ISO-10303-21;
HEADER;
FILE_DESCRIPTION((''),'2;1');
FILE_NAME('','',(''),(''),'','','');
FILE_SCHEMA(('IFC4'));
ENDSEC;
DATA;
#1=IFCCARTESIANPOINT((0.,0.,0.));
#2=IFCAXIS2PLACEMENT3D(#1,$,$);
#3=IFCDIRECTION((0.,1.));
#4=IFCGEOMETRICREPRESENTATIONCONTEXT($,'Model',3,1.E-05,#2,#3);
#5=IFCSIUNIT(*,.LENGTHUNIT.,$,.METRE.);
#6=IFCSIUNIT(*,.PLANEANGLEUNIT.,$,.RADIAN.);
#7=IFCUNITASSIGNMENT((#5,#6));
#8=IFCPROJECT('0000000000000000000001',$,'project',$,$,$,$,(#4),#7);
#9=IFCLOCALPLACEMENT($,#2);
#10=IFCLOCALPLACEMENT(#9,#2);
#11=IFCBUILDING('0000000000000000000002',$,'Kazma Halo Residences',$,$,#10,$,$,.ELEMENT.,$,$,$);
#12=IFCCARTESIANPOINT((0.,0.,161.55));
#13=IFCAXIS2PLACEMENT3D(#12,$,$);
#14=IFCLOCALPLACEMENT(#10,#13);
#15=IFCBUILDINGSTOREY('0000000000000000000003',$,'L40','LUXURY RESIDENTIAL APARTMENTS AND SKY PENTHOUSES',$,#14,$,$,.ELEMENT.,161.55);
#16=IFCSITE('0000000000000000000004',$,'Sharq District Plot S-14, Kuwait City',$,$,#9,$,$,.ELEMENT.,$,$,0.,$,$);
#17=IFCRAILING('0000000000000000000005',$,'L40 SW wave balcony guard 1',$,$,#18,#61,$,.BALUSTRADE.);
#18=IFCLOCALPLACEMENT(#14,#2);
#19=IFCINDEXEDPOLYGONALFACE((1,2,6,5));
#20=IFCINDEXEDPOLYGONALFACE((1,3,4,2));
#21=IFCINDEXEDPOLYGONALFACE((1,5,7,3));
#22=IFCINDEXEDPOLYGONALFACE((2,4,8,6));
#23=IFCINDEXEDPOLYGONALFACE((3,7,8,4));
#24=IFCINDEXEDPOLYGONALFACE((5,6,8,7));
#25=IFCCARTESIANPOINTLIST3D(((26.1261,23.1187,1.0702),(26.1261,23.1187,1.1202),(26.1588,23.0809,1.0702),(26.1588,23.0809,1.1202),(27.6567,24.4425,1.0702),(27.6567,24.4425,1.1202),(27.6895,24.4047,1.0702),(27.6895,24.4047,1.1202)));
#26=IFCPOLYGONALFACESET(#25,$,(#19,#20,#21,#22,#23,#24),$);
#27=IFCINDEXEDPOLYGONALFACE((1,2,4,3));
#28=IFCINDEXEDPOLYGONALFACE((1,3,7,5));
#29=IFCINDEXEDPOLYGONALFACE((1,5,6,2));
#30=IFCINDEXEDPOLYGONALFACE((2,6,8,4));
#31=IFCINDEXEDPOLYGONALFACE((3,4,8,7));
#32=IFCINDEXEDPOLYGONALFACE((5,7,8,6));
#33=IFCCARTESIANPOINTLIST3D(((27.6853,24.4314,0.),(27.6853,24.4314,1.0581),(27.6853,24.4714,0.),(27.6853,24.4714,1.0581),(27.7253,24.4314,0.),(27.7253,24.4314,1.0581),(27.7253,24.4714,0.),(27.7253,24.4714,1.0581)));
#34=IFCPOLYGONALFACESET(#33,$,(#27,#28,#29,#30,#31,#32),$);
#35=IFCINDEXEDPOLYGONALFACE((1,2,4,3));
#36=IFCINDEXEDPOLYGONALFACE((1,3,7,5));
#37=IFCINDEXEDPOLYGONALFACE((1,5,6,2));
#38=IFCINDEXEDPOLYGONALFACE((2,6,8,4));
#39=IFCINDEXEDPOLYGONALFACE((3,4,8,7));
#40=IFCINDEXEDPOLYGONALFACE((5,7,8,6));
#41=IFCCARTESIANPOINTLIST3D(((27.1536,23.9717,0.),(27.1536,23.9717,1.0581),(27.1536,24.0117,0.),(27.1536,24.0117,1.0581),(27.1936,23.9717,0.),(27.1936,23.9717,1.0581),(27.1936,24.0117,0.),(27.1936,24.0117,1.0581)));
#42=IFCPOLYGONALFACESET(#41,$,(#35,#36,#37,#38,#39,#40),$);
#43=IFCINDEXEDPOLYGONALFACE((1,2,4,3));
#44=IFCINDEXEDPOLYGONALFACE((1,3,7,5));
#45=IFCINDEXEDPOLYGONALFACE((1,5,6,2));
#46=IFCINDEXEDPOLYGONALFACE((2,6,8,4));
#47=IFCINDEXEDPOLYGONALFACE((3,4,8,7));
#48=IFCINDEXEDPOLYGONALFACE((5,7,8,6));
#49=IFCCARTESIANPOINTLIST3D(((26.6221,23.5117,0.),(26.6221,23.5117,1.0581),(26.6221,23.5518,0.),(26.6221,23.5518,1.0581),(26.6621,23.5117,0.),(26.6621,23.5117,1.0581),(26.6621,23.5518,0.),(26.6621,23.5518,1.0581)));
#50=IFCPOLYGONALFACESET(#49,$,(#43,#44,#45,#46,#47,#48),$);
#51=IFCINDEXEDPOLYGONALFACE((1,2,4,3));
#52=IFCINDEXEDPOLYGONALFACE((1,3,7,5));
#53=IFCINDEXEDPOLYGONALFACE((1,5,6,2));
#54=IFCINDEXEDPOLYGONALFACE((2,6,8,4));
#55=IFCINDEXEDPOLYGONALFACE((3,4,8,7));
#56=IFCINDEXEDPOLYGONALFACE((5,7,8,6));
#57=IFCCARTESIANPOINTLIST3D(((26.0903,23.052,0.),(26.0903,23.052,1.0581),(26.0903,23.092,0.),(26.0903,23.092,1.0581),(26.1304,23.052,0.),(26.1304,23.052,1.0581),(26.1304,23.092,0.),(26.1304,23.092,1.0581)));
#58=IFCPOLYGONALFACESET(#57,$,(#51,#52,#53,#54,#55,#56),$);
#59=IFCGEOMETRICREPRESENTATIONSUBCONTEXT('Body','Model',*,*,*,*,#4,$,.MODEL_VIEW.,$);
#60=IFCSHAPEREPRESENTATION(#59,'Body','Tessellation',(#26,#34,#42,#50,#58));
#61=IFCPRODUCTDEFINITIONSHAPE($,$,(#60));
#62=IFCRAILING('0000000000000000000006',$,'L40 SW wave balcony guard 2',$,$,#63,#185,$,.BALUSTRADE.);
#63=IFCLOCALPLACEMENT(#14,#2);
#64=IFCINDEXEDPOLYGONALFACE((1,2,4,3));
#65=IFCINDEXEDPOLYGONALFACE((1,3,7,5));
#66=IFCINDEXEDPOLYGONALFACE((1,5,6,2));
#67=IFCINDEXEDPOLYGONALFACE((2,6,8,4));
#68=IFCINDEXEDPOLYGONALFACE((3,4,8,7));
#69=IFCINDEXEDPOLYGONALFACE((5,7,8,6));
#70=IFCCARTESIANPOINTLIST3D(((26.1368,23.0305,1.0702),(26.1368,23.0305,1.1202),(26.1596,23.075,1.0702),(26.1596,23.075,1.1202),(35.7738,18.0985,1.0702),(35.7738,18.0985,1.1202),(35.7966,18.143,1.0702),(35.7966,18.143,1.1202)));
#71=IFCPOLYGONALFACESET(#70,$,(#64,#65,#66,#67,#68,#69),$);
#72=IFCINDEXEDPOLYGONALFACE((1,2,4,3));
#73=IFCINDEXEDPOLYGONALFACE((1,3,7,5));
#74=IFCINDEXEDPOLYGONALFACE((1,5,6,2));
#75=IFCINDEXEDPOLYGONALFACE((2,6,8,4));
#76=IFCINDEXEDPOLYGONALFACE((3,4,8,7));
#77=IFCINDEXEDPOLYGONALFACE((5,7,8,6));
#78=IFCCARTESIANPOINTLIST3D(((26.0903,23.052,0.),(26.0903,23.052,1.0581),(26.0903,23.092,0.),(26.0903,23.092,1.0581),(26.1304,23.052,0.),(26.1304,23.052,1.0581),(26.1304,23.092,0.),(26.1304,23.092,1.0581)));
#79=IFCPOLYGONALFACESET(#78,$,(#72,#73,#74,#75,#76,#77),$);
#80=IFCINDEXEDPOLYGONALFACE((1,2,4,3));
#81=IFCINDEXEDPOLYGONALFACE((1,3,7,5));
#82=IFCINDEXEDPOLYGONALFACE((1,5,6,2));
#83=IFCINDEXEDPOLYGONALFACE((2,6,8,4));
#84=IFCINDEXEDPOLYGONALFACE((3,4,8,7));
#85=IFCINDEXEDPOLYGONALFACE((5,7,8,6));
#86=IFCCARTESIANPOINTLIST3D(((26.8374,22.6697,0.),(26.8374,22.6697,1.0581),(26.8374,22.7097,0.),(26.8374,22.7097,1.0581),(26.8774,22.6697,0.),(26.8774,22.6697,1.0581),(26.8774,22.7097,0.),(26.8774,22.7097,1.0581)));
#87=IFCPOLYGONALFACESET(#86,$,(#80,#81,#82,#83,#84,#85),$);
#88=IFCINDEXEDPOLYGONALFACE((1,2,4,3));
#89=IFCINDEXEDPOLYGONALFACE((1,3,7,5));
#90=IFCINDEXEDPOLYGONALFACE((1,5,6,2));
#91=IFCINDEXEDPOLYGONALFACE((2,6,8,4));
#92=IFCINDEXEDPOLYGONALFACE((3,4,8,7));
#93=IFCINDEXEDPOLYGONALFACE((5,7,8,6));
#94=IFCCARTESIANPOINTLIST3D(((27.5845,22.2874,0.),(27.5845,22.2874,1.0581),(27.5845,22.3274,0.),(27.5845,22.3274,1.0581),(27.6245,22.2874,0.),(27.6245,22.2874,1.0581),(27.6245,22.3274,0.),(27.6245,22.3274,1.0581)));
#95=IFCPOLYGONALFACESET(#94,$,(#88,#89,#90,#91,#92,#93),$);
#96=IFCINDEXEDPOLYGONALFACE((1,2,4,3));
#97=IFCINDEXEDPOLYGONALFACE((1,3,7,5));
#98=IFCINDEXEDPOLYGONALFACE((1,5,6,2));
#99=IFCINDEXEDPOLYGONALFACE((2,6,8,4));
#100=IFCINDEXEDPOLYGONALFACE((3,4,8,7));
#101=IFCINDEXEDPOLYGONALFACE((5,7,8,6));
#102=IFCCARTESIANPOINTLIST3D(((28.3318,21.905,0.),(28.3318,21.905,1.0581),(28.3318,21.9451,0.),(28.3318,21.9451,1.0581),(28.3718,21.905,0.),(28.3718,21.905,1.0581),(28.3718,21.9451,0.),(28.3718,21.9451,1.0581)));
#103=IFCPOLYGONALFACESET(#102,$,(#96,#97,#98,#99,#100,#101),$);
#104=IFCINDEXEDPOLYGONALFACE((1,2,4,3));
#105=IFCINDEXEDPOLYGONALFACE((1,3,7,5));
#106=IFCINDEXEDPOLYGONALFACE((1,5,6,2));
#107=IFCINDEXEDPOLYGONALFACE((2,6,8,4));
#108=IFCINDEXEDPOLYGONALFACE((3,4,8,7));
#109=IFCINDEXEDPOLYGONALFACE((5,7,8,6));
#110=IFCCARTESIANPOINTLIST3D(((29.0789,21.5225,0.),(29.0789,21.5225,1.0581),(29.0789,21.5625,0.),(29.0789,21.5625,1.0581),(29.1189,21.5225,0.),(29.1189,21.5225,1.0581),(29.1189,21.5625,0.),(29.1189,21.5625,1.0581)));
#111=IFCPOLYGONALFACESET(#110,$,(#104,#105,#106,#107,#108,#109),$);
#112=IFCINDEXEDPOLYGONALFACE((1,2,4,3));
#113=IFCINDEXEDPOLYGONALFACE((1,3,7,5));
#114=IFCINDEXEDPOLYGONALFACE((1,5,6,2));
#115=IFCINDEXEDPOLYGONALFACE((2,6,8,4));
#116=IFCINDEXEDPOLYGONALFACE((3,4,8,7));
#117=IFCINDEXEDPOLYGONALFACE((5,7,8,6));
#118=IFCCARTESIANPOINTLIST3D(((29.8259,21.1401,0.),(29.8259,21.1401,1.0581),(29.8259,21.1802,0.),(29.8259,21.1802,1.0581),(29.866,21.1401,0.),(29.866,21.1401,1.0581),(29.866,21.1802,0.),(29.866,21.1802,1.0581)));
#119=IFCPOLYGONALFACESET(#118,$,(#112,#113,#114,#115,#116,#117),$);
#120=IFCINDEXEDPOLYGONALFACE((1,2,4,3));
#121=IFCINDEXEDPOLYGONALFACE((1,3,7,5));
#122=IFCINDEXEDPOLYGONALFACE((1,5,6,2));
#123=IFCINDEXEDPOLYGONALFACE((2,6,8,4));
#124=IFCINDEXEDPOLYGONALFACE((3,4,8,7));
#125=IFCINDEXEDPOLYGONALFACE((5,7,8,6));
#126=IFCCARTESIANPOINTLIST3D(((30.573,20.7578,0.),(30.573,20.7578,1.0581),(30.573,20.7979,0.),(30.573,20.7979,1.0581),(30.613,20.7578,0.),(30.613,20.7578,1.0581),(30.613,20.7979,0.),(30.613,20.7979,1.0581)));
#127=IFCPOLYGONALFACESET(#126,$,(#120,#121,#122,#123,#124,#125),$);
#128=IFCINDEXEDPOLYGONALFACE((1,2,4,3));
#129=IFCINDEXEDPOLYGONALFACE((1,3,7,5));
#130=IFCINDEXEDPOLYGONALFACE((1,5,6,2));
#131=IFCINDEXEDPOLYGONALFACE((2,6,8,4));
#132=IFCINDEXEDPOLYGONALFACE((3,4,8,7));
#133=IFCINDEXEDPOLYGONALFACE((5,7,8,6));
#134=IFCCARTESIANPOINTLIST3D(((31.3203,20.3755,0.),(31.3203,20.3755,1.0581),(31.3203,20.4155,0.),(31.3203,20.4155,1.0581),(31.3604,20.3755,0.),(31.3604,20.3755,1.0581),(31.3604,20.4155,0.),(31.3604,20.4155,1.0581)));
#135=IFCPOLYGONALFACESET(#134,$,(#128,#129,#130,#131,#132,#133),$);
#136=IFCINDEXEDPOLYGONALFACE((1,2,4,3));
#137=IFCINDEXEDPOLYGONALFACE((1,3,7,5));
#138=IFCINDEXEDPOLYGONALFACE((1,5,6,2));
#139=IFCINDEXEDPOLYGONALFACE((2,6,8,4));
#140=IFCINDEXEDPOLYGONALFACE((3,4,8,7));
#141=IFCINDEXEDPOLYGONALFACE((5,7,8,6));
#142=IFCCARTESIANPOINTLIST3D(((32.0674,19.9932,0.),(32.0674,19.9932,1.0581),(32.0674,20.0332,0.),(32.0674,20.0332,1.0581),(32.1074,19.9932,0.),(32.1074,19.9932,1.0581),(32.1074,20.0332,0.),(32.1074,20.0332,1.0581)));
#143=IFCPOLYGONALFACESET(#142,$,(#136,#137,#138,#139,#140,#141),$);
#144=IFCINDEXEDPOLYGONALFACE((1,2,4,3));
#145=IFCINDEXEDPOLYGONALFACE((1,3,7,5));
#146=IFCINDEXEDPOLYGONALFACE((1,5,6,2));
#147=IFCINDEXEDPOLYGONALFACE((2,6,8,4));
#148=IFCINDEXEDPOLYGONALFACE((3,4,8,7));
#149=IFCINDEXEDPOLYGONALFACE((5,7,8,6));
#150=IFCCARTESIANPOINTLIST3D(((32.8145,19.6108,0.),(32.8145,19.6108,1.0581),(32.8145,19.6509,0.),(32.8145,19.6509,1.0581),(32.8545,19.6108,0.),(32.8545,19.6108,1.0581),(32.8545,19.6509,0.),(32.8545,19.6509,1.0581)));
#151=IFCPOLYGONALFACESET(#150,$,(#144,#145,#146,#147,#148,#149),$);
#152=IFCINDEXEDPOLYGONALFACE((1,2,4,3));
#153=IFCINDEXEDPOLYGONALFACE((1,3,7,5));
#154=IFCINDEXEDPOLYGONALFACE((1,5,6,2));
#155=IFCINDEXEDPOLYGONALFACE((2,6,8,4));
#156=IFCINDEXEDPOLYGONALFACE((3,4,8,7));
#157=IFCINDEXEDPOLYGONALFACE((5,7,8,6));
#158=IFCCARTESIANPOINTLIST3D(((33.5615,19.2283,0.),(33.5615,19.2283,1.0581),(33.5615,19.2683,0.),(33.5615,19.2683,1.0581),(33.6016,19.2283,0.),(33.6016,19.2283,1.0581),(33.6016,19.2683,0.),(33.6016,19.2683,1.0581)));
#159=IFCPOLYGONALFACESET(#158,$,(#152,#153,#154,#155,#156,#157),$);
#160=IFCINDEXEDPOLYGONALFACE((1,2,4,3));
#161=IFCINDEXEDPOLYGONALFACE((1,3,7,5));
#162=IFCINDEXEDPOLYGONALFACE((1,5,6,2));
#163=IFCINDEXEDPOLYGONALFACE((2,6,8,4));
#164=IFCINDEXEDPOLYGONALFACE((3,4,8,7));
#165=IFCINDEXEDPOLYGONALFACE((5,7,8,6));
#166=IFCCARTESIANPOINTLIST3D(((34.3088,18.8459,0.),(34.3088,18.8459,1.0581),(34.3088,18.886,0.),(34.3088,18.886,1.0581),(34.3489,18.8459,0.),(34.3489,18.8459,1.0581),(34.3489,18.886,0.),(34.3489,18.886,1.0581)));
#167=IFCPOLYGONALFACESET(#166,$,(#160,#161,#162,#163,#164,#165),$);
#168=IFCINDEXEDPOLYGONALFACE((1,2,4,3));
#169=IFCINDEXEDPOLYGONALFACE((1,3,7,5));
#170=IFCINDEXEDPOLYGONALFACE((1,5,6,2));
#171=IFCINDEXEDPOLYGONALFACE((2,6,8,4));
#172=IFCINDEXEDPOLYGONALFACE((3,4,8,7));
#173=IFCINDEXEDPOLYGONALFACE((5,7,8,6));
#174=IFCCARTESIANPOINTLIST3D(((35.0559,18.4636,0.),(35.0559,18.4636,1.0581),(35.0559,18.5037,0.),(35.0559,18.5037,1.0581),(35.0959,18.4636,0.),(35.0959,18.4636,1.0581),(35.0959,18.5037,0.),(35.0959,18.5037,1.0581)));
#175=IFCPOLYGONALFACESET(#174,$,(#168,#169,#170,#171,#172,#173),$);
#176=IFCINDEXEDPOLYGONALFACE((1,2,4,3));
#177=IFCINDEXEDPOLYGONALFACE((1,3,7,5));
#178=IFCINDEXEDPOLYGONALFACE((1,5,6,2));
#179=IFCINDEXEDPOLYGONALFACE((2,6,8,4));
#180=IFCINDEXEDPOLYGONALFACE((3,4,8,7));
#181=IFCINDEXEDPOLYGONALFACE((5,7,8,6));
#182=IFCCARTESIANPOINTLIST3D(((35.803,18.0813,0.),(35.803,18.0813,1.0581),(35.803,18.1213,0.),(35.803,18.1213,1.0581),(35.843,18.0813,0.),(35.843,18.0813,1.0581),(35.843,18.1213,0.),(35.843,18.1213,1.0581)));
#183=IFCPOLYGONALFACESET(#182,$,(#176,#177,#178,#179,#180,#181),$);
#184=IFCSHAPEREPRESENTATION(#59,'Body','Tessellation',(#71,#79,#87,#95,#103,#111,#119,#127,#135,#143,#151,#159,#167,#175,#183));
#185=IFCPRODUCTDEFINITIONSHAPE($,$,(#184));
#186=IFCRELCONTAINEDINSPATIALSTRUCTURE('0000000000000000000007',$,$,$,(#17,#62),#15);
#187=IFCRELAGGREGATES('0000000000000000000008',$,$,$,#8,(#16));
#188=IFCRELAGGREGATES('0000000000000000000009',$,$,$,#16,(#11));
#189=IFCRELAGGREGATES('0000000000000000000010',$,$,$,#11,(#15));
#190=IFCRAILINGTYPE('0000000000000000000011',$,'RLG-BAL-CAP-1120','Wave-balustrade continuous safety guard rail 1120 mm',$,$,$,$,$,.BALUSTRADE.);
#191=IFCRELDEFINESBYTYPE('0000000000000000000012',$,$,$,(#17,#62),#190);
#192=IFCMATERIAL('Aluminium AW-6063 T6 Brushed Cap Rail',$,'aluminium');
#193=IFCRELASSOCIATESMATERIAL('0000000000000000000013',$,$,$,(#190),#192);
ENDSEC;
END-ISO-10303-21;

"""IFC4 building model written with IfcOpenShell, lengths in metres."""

from ifc_helpers import new_model, si_unit, direction, frame, origin, origin_2d, place, context, subcontext, project, spatial, rectangle, extrude, material, type_object, element, save


model = new_model("IFC4")

# Units and contexts
model_context = context("Model", 3, precision=1e-05, world=origin(), true_north=direction((0.0, 1.0)))
body_context = subcontext(model_context, "Body", "Model", "MODEL_VIEW")
ifc_project = project(units=[si_unit("LENGTHUNIT", "METRE"), si_unit("PLANEANGLEUNIT", "RADIAN")], contexts=[model_context])

# Site, building, storey
site_placement = place(None, origin())
site = spatial("IfcSite", under=ifc_project, at=site_placement, Name="Sharq District Plot S-14, Kuwait City", CompositionType="ELEMENT", RefElevation=0.0)
building_placement = place(site_placement, origin())
building = spatial("IfcBuilding", under=site, at=building_placement, Name="Kazma Halo Residences", CompositionType="ELEMENT")
storey_placement = place(building_placement, frame((0.0, 0.0, 161.55)))
storey = spatial("IfcBuildingStorey", under=building, at=storey_placement, Name="L40", Description="LUXURY RESIDENTIAL APARTMENTS AND SKY PENTHOUSES", CompositionType="ELEMENT", Elevation=161.55)

# Railings
ifc_material_1 = material(Name="Aluminium AW-6063 T6 Brushed Cap Rail", Category="aluminium")
railing_type = type_object("IfcRailingType", Name="RLG-BAL-CAP-1120", Description="Wave-balustrade continuous safety guard rail 1120 mm", PredefinedType="BALUSTRADE", material=ifc_material_1)
railing_1_placement = place(storey_placement, frame((27.7053, 24.4514, 0.0)))
element("IfcRailing", 1, at=railing_1_placement, inside=storey, type_object=railing_type, Name="L40 SW wave balcony guard 1", PredefinedType="BALUSTRADE", context=body_context, shape_type="SweptSolid", body=[
    extrude(rectangle(XDim=0.05, YDim=0.05, at=origin_2d()), frame((-0.0322, -0.0278, 1.0952), z_axis=(-0.756372, -0.654141, 0.0), x_axis=(0.654141, -0.756372, 0.0)), (0.0, 0.0, 1.0), 2.0237),
    extrude(rectangle(XDim=0.04, YDim=0.04, at=origin_2d()), origin(), (0.0, 0.0, 1.0), 1.0581),
    extrude(rectangle(XDim=0.04, YDim=0.04, at=origin_2d()), frame((-0.5317, -0.4597, 0.0)), (0.0, 0.0, 1.0), 1.0581),
    extrude(rectangle(XDim=0.04, YDim=0.04, at=origin_2d()), frame((-1.0632, -0.9197, 0.0)), (0.0, 0.0, 1.0), 1.0581),
    extrude(rectangle(XDim=0.04, YDim=0.04, at=origin_2d()), frame((-1.595, -1.3794, 0.0)), (0.0, 0.0, 1.0), 1.0581),
])
railing_2_placement = place(storey_placement, frame((26.1104, 23.072, 0.0)))
element("IfcRailing", 2, at=railing_2_placement, inside=storey, type_object=railing_type, Name="L40 SW wave balcony guard 2", PredefinedType="BALUSTRADE", context=body_context, shape_type="SweptSolid", body=[
    extrude(rectangle(XDim=0.05, YDim=0.05, at=origin_2d()), frame((0.0378, -0.0193, 1.0952), z_axis=(0.890195, -0.455581, 0.0), x_axis=(0.455581, 0.890195, 0.0)), (0.0, 0.0, 1.0), 10.8257),
    extrude(rectangle(XDim=0.04, YDim=0.04, at=origin_2d()), origin(), (0.0, 0.0, 1.0), 1.0581),
    extrude(rectangle(XDim=0.04, YDim=0.04, at=origin_2d()), frame((0.7471, -0.3823, 0.0)), (0.0, 0.0, 1.0), 1.0581),
    extrude(rectangle(XDim=0.04, YDim=0.04, at=origin_2d()), frame((1.4941, -0.7646, 0.0)), (0.0, 0.0, 1.0), 1.0581),
    extrude(rectangle(XDim=0.04, YDim=0.04, at=origin_2d()), frame((2.2415, -1.147, 0.0)), (0.0, 0.0, 1.0), 1.0581),
    extrude(rectangle(XDim=0.04, YDim=0.04, at=origin_2d()), frame((2.9885, -1.5295, 0.0)), (0.0, 0.0, 1.0), 1.0581),
    extrude(rectangle(XDim=0.04, YDim=0.04, at=origin_2d()), frame((3.7356, -1.9119, 0.0)), (0.0, 0.0, 1.0), 1.0581),
    extrude(rectangle(XDim=0.04, YDim=0.04, at=origin_2d()), frame((4.4827, -2.2942, 0.0)), (0.0, 0.0, 1.0), 1.0581),
    extrude(rectangle(XDim=0.04, YDim=0.04, at=origin_2d()), frame((5.23, -2.6765, 0.0)), (0.0, 0.0, 1.0), 1.0581),
    extrude(rectangle(XDim=0.04, YDim=0.04, at=origin_2d()), frame((5.9771, -3.0588, 0.0)), (0.0, 0.0, 1.0), 1.0581),
    extrude(rectangle(XDim=0.04, YDim=0.04, at=origin_2d()), frame((6.7241, -3.4412, 0.0)), (0.0, 0.0, 1.0), 1.0581),
    extrude(rectangle(XDim=0.04, YDim=0.04, at=origin_2d()), frame((7.4712, -3.8237, 0.0)), (0.0, 0.0, 1.0), 1.0581),
    extrude(rectangle(XDim=0.04, YDim=0.04, at=origin_2d()), frame((8.2185, -4.2061, 0.0)), (0.0, 0.0, 1.0), 1.0581),
    extrude(rectangle(XDim=0.04, YDim=0.04, at=origin_2d()), frame((8.9656, -4.5884, 0.0)), (0.0, 0.0, 1.0), 1.0581),
    extrude(rectangle(XDim=0.04, YDim=0.04, at=origin_2d()), frame((9.7126, -4.9707, 0.0)), (0.0, 0.0, 1.0), 1.0581),
])

save(model, "model.ifc")
